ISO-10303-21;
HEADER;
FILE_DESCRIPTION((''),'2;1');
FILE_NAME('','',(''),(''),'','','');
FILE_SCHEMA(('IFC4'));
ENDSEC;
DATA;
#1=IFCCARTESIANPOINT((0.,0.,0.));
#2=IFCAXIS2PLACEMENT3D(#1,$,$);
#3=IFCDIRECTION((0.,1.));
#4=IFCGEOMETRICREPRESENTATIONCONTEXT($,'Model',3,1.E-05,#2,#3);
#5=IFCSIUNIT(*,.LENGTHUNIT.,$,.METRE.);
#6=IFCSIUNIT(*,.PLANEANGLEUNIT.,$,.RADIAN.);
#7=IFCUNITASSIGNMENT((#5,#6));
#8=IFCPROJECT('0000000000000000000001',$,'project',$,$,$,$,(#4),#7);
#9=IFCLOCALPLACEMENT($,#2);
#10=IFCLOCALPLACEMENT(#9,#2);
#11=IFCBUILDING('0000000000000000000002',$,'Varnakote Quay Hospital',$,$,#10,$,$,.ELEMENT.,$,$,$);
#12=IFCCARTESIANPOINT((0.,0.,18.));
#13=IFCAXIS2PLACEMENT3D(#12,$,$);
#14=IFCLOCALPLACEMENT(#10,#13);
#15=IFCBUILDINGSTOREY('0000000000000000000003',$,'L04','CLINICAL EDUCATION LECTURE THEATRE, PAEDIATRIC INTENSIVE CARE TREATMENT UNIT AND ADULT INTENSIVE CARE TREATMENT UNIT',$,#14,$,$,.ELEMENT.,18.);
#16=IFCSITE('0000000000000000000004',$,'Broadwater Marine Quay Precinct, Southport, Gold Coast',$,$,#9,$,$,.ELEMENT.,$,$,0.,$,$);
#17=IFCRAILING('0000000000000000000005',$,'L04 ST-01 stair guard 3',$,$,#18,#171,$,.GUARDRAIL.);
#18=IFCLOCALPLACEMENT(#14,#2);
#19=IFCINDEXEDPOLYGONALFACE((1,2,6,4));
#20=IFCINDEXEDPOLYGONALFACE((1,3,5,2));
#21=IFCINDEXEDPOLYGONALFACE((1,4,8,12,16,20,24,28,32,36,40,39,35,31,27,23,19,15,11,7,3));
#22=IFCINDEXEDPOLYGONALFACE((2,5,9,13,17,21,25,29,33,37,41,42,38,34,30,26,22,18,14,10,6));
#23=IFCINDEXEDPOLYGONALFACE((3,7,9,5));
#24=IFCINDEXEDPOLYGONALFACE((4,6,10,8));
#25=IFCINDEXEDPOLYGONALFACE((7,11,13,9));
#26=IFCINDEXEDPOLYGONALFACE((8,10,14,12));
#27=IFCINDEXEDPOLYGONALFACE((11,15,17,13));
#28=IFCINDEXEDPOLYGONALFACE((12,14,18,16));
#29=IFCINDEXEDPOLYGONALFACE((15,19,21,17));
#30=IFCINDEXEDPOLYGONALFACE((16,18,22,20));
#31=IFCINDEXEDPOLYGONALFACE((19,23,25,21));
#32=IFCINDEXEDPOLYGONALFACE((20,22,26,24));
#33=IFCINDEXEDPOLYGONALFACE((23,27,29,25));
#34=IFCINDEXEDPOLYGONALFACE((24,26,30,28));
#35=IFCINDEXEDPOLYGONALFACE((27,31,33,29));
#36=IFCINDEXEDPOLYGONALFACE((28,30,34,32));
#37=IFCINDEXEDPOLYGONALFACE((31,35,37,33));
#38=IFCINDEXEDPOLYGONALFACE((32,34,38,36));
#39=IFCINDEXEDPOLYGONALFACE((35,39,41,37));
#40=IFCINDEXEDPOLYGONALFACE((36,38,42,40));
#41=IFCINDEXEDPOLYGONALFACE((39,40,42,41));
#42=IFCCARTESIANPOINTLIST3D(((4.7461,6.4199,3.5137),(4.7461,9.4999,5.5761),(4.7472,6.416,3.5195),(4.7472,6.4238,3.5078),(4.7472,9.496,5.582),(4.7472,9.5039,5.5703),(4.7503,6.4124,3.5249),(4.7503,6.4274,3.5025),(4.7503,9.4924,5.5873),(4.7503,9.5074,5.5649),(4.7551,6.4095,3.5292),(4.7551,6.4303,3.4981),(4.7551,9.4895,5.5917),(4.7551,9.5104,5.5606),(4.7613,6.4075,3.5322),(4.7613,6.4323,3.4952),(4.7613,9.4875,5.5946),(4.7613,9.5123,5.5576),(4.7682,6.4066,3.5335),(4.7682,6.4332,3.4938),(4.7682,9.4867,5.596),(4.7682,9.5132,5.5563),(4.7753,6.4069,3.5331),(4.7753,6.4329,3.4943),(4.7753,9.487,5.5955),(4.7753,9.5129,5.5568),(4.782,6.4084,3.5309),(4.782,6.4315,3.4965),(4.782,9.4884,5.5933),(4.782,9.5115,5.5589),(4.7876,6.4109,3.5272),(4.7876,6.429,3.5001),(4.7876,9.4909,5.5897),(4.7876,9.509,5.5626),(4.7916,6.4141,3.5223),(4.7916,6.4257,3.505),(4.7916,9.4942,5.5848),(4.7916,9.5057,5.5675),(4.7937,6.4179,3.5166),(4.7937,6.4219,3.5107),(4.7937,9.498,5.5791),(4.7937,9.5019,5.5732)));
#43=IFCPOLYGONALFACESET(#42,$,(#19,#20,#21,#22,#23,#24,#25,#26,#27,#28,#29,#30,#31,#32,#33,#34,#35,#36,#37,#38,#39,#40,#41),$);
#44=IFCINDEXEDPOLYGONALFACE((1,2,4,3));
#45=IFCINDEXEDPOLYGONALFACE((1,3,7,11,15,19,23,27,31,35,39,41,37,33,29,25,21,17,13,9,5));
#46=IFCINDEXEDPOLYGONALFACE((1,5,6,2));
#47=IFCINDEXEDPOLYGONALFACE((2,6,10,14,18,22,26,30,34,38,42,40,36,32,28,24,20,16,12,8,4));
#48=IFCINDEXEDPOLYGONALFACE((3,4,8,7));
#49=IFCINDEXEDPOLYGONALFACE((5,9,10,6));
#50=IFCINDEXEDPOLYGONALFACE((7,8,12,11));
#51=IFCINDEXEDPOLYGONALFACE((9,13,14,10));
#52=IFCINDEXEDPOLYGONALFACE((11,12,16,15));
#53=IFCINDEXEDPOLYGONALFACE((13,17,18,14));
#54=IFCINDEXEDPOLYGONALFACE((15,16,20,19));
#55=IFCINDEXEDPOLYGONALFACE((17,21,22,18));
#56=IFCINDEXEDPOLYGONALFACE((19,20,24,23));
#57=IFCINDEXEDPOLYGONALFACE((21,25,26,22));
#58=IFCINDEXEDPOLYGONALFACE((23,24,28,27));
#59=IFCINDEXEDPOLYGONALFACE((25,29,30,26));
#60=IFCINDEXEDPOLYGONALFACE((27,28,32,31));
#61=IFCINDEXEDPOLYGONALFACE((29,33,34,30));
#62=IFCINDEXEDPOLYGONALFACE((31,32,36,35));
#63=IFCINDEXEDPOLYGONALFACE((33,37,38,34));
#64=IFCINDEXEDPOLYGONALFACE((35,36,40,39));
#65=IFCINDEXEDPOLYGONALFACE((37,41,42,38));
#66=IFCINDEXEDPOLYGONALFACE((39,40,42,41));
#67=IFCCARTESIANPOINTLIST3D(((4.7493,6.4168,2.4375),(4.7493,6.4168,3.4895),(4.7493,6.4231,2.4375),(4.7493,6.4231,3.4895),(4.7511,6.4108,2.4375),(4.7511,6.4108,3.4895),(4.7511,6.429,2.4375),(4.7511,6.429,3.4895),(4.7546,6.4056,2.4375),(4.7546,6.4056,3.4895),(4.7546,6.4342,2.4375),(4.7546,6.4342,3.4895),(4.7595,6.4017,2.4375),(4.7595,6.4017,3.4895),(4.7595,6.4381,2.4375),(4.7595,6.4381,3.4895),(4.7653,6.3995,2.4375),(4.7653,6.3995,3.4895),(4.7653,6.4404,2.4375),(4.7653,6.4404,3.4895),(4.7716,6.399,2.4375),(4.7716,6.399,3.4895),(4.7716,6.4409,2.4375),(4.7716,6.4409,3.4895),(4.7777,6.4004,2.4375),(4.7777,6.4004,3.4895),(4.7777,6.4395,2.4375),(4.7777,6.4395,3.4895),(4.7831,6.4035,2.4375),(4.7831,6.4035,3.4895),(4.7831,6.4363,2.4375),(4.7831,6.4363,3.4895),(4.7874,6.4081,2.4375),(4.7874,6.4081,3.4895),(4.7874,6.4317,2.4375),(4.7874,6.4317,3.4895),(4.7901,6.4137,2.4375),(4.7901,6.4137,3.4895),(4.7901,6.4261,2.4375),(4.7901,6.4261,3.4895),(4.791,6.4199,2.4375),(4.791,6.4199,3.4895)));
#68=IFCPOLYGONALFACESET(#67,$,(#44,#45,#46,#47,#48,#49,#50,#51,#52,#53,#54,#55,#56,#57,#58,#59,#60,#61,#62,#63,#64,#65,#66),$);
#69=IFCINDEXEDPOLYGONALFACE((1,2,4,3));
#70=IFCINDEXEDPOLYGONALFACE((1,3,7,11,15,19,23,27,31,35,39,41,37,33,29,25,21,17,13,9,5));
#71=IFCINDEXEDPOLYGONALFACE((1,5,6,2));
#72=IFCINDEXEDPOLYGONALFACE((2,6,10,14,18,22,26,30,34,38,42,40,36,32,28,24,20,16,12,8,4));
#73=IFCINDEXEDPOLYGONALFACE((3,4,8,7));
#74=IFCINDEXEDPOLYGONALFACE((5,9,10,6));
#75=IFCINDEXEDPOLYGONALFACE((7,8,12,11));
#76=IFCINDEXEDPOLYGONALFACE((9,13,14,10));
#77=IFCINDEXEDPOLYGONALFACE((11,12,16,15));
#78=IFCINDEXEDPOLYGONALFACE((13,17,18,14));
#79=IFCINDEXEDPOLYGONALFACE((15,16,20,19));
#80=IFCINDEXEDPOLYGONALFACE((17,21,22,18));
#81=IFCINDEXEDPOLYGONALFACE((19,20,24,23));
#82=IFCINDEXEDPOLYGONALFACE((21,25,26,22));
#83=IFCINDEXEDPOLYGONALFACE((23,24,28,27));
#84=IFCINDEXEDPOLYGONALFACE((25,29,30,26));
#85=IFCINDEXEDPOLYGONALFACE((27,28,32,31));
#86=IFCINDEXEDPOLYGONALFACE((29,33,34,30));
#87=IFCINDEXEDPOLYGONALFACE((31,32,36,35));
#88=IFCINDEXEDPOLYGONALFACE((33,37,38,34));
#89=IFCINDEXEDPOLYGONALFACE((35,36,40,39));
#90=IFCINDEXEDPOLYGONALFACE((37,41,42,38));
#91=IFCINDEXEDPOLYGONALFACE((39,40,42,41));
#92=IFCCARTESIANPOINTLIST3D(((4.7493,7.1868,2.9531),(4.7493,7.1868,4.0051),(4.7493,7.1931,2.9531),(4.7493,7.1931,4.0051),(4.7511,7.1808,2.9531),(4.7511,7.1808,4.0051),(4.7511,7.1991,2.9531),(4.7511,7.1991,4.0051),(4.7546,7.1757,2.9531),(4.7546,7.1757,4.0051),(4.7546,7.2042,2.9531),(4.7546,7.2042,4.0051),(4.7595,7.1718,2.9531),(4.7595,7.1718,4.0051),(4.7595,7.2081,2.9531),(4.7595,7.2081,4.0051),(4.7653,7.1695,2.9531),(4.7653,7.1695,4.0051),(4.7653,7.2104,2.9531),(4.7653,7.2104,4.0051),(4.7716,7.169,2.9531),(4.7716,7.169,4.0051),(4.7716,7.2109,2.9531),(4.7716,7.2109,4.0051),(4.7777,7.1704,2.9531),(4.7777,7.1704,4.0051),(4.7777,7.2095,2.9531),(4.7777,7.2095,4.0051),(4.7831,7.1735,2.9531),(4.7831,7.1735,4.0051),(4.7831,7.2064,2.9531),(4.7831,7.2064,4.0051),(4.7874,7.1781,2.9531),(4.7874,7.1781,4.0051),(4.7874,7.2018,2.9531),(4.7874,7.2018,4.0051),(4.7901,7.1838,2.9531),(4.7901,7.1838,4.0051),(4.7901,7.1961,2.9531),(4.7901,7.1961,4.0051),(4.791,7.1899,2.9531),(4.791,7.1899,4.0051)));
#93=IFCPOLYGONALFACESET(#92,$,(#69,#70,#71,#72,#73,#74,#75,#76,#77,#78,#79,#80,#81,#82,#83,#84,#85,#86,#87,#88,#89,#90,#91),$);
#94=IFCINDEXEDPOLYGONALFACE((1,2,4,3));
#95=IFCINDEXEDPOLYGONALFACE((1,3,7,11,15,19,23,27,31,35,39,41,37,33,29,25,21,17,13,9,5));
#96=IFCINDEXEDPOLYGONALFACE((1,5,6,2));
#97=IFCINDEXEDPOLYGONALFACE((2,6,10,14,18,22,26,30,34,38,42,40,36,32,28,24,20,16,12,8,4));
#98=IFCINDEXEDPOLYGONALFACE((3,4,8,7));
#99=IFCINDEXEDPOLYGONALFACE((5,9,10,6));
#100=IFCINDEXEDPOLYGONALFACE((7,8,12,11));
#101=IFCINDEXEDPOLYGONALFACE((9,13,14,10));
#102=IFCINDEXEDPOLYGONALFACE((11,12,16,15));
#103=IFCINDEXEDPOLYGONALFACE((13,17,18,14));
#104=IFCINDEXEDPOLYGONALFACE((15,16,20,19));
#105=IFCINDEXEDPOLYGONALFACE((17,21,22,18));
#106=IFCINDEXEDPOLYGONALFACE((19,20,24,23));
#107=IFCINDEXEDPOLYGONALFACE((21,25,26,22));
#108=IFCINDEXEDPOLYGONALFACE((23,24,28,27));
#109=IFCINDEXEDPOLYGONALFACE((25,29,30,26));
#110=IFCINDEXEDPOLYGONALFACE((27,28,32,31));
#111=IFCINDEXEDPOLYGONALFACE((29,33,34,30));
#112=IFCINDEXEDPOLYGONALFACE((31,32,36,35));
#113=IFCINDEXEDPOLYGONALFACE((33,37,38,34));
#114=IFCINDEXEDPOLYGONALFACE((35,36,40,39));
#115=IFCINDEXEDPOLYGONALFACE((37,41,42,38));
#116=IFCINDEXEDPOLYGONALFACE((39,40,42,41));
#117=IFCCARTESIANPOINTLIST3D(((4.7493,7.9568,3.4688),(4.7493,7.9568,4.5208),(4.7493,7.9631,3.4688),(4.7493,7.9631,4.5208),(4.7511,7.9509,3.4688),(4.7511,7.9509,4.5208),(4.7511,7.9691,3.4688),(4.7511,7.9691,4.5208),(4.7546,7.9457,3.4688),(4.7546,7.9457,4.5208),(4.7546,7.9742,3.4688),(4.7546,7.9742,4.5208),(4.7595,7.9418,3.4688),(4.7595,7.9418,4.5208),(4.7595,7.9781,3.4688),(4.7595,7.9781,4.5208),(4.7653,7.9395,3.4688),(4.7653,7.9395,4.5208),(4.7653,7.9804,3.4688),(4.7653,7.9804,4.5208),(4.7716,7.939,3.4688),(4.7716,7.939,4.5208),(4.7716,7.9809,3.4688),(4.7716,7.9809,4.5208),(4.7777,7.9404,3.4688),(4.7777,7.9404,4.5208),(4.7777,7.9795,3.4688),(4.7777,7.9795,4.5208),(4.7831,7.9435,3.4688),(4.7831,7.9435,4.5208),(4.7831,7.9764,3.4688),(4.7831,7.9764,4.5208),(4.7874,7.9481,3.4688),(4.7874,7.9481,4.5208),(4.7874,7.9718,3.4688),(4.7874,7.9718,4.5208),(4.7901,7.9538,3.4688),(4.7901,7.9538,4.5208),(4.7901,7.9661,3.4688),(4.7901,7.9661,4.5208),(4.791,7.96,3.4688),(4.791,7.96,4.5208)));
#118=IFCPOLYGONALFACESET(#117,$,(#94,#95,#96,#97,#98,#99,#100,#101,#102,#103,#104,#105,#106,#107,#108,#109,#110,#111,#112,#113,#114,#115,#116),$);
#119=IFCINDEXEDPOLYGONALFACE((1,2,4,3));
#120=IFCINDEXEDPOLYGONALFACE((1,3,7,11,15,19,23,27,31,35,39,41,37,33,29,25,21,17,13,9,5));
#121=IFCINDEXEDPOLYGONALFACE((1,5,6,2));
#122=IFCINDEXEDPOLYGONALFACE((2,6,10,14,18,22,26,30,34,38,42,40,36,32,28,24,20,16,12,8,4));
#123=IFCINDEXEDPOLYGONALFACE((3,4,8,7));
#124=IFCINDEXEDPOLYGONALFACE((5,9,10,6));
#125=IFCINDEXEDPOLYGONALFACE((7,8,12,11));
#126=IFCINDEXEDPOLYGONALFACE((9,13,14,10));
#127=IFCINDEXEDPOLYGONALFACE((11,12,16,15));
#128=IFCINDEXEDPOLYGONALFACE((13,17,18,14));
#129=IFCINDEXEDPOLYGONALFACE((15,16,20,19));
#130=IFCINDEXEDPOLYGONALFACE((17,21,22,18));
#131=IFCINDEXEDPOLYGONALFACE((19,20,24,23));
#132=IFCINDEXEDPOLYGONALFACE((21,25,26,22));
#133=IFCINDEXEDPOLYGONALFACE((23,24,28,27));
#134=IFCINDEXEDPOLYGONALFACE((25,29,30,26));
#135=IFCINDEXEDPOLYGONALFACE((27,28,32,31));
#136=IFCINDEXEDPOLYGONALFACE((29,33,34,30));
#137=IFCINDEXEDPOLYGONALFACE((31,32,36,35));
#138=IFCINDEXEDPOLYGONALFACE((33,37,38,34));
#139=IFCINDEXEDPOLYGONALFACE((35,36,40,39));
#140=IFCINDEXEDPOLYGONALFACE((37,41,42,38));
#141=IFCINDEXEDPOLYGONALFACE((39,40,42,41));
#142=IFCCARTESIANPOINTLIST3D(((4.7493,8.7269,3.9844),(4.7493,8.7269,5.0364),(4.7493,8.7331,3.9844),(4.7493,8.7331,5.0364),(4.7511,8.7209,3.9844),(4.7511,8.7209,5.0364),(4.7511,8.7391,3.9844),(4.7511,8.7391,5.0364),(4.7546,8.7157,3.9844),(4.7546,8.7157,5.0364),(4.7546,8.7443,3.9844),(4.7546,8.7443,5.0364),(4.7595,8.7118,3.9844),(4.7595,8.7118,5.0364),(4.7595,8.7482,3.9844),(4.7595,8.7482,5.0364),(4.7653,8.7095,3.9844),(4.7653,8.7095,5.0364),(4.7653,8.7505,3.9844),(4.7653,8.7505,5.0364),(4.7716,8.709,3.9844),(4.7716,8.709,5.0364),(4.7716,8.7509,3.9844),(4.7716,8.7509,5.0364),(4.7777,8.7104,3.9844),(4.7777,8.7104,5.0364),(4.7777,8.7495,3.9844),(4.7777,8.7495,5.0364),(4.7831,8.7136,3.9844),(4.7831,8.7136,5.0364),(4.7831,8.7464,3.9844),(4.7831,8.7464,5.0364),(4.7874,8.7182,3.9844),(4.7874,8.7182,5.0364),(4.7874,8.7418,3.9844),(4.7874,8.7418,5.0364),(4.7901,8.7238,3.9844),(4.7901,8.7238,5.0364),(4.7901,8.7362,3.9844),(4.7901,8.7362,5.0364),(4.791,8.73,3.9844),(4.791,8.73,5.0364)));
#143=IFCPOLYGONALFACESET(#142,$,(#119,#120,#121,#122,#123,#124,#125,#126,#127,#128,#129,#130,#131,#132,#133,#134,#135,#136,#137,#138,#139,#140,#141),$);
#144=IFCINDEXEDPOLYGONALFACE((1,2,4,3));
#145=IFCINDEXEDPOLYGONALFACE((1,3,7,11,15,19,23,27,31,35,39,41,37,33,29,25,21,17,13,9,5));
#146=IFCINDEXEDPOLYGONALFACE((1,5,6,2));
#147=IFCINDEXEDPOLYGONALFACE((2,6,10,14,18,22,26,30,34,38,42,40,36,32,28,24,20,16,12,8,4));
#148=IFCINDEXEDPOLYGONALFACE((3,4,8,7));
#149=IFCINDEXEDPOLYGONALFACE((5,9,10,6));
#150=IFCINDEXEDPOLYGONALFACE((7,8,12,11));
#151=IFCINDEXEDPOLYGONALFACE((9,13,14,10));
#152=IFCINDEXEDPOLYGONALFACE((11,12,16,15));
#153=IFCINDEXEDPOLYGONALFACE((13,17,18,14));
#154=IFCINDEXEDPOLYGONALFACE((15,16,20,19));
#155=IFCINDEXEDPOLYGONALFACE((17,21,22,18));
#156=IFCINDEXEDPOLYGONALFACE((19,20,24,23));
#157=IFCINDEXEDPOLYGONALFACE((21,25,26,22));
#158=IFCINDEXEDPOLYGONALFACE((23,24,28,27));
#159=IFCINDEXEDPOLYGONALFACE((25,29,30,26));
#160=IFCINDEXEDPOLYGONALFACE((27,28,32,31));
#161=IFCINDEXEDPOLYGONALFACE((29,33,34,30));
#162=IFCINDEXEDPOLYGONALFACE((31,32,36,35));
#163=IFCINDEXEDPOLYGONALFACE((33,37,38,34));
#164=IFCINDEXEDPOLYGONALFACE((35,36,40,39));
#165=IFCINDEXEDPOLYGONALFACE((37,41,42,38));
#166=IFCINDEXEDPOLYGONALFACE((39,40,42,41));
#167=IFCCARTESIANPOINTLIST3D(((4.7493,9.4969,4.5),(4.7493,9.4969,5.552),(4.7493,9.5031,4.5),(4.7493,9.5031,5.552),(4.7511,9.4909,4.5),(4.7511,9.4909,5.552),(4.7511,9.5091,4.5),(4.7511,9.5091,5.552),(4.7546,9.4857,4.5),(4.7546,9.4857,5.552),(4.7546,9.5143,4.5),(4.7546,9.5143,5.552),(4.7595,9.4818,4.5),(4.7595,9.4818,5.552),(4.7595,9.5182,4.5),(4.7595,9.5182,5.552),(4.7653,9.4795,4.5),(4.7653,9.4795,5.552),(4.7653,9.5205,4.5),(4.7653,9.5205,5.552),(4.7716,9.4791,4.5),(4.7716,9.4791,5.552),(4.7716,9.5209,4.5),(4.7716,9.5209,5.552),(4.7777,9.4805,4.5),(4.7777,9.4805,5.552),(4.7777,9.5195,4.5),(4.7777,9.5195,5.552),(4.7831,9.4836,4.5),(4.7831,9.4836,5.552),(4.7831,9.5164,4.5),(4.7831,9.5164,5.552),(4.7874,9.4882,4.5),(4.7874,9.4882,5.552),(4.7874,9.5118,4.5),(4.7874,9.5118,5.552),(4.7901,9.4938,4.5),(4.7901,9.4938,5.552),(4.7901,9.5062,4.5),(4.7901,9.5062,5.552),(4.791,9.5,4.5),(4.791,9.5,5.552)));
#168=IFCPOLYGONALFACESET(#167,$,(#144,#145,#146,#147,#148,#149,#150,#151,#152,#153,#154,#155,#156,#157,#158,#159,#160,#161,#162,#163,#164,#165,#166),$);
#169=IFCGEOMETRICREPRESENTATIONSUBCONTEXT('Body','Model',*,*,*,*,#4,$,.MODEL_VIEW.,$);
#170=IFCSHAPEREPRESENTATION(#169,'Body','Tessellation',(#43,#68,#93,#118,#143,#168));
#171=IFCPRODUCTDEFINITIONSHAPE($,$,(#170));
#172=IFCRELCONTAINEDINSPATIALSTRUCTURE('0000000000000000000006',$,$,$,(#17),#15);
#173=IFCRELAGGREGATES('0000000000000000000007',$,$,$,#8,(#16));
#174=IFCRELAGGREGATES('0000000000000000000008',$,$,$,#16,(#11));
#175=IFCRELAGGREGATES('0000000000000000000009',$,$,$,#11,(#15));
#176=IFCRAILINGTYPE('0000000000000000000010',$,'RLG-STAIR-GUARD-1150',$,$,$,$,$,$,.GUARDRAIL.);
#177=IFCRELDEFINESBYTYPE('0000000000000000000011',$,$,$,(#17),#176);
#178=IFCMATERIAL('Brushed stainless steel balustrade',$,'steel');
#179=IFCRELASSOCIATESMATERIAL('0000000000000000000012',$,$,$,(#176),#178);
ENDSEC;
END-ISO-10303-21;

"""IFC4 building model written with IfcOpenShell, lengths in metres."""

from ifc_helpers import new_model, si_unit, direction, frame, origin, origin_2d, place, context, subcontext, project, spatial, circle, extrude, material, type_object, element, save


model = new_model("IFC4")

# Units and contexts
model_context = context("Model", 3, precision=1e-05, world=origin(), true_north=direction((0.0, 1.0)))
body_context = subcontext(model_context, "Body", "Model", "MODEL_VIEW")
ifc_project = project(units=[si_unit("LENGTHUNIT", "METRE"), si_unit("PLANEANGLEUNIT", "RADIAN")], contexts=[model_context])

# Site, building, storey
site_placement = place(None, origin())
site = spatial("IfcSite", under=ifc_project, at=site_placement, Name="Broadwater Marine Quay Precinct, Southport, Gold Coast", CompositionType="ELEMENT", RefElevation=0.0)
building_placement = place(site_placement, origin())
building = spatial("IfcBuilding", under=site, at=building_placement, Name="Varnakote Quay Hospital", CompositionType="ELEMENT")
storey_placement = place(building_placement, frame((0.0, 0.0, 18.0)))
storey = spatial("IfcBuildingStorey", under=building, at=storey_placement, Name="L04", Description="CLINICAL EDUCATION LECTURE THEATRE, PAEDIATRIC INTENSIVE CARE TREATMENT UNIT AND ADULT INTENSIVE CARE TREATMENT UNIT", CompositionType="ELEMENT", Elevation=18.0)

# Railing
ifc_material_1 = material(Name="Brushed stainless steel balustrade", Category="steel")
railing_type_1 = type_object("IfcRailingType", Name="RLG-STAIR-GUARD-1150", PredefinedType="GUARDRAIL", material=ifc_material_1)
railing_1_placement = place(storey_placement, frame((4.77, 6.4199, 2.4375)))
element("IfcRailing", 1, at=railing_1_placement, inside=storey, type_object=railing_type_1, Name="L04 ST-01 stair guard 3", PredefinedType="GUARDRAIL", context=body_context, shape_type="SweptSolid", body=[
    extrude(circle(Radius=0.0239, at=origin_2d()), frame((0.0, 0.0, 1.0762), z_axis=(0.0, 0.830914, 0.556401), x_axis=(-1.0, 0.0, 0.0)), (0.0, 0.0, 1.0), 3.7068),
    extrude(circle(Radius=0.021, at=origin_2d()), origin(), (0.0, 0.0, 1.0), 1.052),
    extrude(circle(Radius=0.021, at=origin_2d()), frame((0.0, 0.77, 0.5156)), (0.0, 0.0, 1.0), 1.052),
    extrude(circle(Radius=0.021, at=origin_2d()), frame((0.0, 1.54, 1.0312)), (0.0, 0.0, 1.0), 1.052),
    extrude(circle(Radius=0.021, at=origin_2d()), frame((0.0, 2.3101, 1.5469)), (0.0, 0.0, 1.0), 1.052),
    extrude(circle(Radius=0.021, at=origin_2d()), frame((0.0, 3.0801, 2.0625)), (0.0, 0.0, 1.0), 1.052),
])

save(model, "model.ifc")
